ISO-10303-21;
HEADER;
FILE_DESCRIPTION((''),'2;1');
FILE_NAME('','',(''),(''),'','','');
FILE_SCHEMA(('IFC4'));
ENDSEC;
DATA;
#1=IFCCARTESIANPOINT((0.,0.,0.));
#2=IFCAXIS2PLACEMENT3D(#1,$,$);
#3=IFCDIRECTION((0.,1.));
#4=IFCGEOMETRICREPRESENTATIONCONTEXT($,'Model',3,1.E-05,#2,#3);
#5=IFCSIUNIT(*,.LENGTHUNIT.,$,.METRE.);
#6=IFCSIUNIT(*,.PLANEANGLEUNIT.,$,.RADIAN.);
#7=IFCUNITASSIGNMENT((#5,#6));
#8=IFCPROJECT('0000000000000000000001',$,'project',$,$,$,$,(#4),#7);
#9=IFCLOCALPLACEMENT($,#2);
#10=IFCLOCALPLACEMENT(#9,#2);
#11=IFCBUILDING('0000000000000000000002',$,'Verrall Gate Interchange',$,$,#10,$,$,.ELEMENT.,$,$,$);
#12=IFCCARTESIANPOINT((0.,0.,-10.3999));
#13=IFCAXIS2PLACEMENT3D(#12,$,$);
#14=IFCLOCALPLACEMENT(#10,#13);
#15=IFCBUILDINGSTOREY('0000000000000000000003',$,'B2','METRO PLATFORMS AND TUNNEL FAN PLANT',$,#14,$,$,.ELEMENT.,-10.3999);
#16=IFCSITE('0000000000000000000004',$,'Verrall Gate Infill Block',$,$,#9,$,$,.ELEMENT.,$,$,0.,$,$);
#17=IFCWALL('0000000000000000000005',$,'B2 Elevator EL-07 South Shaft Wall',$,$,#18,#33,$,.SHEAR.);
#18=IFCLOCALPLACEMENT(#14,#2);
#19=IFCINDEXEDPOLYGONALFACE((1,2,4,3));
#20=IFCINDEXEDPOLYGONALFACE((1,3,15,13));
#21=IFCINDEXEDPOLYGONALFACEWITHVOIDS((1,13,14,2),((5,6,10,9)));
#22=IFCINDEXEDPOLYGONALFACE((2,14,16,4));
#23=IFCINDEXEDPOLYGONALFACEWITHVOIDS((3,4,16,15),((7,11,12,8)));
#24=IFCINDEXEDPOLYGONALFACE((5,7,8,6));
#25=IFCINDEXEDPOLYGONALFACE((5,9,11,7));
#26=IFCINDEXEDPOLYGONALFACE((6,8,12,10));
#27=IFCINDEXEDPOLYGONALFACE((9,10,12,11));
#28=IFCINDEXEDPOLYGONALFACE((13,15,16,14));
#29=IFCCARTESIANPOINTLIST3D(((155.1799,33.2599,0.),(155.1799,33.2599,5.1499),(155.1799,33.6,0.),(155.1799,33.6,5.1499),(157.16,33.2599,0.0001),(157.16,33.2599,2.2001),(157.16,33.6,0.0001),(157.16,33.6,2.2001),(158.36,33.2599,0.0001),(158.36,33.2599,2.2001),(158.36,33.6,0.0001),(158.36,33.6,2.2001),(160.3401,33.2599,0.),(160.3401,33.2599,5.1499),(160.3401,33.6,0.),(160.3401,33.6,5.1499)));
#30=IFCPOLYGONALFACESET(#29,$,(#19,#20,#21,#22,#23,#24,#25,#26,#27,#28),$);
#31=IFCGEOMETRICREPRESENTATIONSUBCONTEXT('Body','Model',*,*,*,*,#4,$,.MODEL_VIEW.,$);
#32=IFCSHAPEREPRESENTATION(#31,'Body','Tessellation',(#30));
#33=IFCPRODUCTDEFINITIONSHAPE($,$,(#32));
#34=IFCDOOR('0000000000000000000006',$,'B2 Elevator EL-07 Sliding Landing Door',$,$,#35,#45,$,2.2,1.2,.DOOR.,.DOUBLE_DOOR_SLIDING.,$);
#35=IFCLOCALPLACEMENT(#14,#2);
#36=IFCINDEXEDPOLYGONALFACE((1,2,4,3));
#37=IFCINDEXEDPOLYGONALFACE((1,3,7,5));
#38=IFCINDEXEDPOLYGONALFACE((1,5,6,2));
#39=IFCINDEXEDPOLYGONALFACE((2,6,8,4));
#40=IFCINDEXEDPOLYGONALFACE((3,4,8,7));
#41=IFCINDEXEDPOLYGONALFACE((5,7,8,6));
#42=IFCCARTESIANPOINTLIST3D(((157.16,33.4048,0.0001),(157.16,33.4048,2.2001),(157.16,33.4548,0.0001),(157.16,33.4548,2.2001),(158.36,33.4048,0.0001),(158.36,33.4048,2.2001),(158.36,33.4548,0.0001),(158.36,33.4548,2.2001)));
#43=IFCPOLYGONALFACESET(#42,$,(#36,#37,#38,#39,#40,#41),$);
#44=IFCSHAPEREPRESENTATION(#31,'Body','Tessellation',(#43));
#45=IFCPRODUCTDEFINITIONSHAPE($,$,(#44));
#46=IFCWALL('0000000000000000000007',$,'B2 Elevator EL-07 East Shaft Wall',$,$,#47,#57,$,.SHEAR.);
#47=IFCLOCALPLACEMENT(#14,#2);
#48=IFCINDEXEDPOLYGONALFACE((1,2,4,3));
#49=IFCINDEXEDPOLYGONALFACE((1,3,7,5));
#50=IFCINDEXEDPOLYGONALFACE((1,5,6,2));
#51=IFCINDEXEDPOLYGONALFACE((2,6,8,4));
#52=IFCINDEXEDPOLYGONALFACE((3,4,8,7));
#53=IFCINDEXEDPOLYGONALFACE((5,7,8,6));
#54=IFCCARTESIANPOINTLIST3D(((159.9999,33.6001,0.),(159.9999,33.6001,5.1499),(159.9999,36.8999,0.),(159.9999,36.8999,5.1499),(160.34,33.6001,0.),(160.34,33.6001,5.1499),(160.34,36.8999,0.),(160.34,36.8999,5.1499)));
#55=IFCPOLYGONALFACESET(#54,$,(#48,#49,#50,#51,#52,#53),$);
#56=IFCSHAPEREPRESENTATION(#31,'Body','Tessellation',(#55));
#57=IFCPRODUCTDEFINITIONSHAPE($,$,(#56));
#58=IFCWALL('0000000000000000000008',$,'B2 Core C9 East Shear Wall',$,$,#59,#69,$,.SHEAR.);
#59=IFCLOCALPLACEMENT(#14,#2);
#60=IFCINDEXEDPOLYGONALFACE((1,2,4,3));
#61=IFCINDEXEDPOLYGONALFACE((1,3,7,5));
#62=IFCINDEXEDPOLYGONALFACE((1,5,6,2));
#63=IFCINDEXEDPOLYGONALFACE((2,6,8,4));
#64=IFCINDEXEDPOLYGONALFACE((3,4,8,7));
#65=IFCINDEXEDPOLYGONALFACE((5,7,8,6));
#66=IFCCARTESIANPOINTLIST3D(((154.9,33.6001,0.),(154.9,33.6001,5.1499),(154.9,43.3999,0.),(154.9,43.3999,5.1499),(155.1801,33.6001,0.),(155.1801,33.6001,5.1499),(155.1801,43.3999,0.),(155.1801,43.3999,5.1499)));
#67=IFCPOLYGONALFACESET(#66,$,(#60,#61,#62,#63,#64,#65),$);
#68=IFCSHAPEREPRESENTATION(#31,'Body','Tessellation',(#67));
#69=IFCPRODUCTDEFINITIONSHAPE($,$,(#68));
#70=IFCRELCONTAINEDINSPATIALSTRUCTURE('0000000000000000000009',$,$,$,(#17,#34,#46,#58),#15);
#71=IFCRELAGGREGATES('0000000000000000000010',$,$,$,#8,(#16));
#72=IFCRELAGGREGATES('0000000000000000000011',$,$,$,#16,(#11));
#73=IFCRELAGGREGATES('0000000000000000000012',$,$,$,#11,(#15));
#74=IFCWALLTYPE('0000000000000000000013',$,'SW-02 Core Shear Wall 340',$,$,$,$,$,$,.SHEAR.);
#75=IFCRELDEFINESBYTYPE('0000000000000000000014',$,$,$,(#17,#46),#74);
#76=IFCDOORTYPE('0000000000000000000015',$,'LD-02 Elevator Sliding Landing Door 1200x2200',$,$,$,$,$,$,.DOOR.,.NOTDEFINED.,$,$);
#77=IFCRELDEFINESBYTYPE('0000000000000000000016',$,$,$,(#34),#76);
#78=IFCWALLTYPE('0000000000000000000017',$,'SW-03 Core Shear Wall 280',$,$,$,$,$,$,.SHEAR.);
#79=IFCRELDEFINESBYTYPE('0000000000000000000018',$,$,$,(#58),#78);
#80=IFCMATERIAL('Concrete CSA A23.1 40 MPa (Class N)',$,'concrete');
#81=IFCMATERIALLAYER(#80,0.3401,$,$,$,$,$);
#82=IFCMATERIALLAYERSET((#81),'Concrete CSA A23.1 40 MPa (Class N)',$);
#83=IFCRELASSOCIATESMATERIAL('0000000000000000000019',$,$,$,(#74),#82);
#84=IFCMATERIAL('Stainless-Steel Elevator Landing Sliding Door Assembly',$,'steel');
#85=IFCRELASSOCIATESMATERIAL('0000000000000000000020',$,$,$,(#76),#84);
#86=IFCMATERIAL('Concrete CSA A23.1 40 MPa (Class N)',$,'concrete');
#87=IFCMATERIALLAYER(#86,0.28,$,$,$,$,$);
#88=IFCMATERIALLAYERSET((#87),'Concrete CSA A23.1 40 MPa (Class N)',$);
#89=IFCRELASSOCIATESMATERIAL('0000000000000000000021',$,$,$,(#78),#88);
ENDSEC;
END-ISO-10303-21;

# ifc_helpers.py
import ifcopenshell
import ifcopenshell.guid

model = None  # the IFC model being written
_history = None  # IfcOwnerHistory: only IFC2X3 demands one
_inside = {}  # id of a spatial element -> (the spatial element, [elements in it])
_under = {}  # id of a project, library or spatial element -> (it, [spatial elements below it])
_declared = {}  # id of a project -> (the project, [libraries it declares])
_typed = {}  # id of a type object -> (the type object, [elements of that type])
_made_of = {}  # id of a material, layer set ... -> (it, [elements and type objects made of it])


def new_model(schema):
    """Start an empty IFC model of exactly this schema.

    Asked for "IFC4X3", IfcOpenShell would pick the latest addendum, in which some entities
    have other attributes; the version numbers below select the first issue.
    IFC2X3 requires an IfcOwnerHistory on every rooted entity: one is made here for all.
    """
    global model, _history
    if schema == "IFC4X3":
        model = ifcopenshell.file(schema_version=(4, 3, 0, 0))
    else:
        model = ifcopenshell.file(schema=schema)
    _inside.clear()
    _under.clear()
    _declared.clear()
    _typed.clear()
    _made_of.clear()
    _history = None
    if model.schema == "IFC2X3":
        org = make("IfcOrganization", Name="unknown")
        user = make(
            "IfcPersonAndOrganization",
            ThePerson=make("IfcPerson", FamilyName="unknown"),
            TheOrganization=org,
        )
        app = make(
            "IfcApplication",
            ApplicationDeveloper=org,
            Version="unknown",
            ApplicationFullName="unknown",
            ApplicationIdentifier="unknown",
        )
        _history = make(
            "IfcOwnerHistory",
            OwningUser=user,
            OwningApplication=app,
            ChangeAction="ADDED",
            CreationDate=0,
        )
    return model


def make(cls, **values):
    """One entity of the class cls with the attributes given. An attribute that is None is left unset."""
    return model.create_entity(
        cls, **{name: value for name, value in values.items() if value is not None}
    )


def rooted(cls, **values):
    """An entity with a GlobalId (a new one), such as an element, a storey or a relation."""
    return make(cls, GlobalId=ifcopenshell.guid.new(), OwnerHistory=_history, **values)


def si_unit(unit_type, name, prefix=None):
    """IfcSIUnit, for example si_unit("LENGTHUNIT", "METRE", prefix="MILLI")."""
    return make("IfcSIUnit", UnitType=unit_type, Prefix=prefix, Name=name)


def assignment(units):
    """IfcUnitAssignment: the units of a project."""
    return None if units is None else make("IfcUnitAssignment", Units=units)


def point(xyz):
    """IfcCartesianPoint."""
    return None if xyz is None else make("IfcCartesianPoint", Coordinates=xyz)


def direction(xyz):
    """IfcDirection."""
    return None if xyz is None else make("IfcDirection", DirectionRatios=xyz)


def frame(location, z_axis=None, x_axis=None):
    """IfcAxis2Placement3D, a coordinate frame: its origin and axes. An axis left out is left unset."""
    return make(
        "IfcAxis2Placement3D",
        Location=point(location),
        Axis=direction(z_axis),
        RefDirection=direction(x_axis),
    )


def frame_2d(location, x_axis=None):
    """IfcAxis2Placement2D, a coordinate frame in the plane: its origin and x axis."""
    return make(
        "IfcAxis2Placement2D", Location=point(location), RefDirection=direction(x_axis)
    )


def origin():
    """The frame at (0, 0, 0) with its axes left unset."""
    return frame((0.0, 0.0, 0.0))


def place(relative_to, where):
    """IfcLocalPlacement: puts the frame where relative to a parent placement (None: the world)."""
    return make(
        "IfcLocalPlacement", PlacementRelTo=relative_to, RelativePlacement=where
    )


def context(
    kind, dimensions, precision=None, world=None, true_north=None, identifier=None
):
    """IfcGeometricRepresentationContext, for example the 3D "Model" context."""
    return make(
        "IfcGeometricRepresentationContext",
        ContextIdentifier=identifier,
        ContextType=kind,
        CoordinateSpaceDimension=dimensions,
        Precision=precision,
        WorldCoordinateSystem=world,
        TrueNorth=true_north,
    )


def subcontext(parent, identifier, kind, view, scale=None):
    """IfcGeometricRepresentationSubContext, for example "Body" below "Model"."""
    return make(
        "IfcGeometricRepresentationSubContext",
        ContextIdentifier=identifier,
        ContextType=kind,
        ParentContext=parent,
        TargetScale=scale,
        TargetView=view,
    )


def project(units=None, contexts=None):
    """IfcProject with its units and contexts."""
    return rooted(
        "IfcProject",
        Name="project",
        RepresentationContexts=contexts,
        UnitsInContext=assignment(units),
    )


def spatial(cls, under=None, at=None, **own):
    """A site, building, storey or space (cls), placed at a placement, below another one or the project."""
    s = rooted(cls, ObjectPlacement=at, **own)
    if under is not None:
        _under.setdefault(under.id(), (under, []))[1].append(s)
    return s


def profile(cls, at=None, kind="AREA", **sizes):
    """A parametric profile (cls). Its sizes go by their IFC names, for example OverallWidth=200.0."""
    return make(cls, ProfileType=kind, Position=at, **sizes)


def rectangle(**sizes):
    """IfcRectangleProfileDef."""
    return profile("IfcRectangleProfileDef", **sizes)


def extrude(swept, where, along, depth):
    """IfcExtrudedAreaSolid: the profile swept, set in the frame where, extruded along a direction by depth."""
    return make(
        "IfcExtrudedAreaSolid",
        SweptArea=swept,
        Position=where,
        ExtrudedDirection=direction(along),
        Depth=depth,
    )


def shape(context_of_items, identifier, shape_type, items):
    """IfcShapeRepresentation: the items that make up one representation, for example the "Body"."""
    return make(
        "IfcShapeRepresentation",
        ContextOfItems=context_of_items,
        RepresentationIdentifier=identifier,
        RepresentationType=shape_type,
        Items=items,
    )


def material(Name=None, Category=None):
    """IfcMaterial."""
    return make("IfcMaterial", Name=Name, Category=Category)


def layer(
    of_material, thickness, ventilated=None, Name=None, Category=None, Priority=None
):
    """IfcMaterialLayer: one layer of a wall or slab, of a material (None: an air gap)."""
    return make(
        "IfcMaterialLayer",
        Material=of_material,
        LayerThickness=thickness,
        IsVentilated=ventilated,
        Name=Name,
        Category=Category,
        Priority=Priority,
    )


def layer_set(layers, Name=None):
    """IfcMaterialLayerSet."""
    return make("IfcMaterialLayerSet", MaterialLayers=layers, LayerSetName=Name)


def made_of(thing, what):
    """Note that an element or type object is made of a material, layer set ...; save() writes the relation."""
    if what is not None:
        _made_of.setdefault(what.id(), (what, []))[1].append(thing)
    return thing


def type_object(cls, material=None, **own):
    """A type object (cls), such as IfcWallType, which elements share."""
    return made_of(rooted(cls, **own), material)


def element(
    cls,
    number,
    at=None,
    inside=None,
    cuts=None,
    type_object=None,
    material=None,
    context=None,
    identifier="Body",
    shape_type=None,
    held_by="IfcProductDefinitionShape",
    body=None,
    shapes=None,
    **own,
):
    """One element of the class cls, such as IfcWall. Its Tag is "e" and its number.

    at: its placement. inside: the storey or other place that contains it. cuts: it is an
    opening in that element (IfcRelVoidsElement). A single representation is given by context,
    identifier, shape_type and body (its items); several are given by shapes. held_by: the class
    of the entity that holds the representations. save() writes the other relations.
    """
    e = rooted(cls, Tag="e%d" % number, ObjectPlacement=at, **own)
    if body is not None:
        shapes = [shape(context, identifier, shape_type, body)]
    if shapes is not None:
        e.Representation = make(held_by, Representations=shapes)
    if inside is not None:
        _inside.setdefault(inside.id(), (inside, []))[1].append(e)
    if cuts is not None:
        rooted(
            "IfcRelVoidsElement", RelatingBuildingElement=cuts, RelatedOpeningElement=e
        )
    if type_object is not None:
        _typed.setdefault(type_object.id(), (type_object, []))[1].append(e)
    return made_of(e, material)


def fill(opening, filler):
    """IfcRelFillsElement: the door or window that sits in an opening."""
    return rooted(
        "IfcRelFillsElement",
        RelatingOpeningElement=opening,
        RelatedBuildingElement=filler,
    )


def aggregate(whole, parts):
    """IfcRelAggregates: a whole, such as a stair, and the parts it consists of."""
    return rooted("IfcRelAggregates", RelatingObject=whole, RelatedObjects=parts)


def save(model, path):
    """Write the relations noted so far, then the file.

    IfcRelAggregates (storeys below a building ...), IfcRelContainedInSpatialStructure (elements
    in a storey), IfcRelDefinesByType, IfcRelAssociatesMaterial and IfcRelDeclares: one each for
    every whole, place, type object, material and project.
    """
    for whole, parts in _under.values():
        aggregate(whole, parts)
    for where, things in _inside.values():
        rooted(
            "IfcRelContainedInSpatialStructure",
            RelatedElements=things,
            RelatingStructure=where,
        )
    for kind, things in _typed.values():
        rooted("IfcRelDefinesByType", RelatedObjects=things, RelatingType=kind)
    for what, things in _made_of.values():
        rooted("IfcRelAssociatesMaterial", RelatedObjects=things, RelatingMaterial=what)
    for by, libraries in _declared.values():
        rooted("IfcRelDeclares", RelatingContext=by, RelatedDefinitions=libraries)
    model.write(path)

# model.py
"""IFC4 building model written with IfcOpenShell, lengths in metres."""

from ifc_helpers import new_model, si_unit, direction, frame, frame_2d, origin, place, context, subcontext, project, spatial, rectangle, extrude, material, layer, layer_set, type_object, element, fill, save


model = new_model("IFC4")

# Units and contexts
model_context = context("Model", 3, precision=1e-05, world=origin(), true_north=direction((0.0, 1.0)))
body_context = subcontext(model_context, "Body", "Model", "MODEL_VIEW")
ifc_project = project(units=[si_unit("LENGTHUNIT", "METRE"), si_unit("PLANEANGLEUNIT", "RADIAN")], contexts=[model_context])

# Site, building, storey
site_placement = place(None, origin())
site = spatial("IfcSite", under=ifc_project, at=site_placement, Name="Verrall Gate Infill Block", CompositionType="ELEMENT", RefElevation=0.0)
building_placement = place(site_placement, origin())
building = spatial("IfcBuilding", under=site, at=building_placement, Name="Verrall Gate Interchange", CompositionType="ELEMENT")
storey_placement = place(building_placement, frame((0.0, 0.0, -10.3999)))
storey = spatial("IfcBuildingStorey", under=building, at=storey_placement, Name="B2", Description="METRO PLATFORMS AND TUNNEL FAN PLANT", CompositionType="ELEMENT", Elevation=-10.3999)

# Wall, opening, door
ifc_material_1 = material(Name="Concrete CSA A23.1 40 MPa (Class N)", Category="concrete")
ifc_layer_1 = layer(ifc_material_1, 0.3401)
ifc_layer_set_1 = layer_set([ifc_layer_1], Name="Concrete CSA A23.1 40 MPa (Class N)")
wall_type_1 = type_object("IfcWallType", Name="SW-02 Core Shear Wall 340", PredefinedType="SHEAR", material=ifc_layer_set_1)
wall_1_placement = place(storey_placement, frame((155.1799, 33.4299, 0.0), z_axis=(0.0, 0.0, 1.0), x_axis=(1.0, 0.0, 0.0)))
wall_1 = element("IfcWall", 1, at=wall_1_placement, inside=storey, type_object=wall_type_1, Name="B2 Elevator EL-07 South Shaft Wall", PredefinedType="SHEAR", context=body_context, shape_type="SweptSolid", body=[
    extrude(rectangle(XDim=5.1602, YDim=0.3401, at=frame_2d((2.5801, 0.0))), origin(), (0.0, 0.0, 1.0), 5.1499),
])
opening_1_placement = place(wall_1_placement, frame((1.98, 0.0, 0.0)))
opening_1 = element("IfcOpeningElement", 2, at=opening_1_placement, cuts=wall_1, PredefinedType="OPENING", context=body_context, shape_type="SweptSolid", body=[
    extrude(rectangle(XDim=1.2, YDim=2.2, at=frame_2d((0.6001, 1.1001))), frame((0.0, 0.1851, 0.0), z_axis=(0.0, -1.0, 0.0), x_axis=(1.0, 0.0, 0.0)), (0.0, 0.0, 1.0), 0.3699),
])
ifc_material_2 = material(Name="Stainless-Steel Elevator Landing Sliding Door Assembly", Category="steel")
door_type_1 = type_object("IfcDoorType", Name="LD-02 Elevator Sliding Landing Door 1200x2200", OperationType="NOTDEFINED", PredefinedType="DOOR", material=ifc_material_2)
door_1_placement = place(opening_1_placement, origin())
door_1 = element("IfcDoor", 3, at=door_1_placement, inside=storey, type_object=door_type_1, Name="B2 Elevator EL-07 Sliding Landing Door", OperationType="DOUBLE_DOOR_SLIDING", OverallHeight=2.2, OverallWidth=1.2, PredefinedType="DOOR", context=body_context, shape_type="SweptSolid", body=[
    extrude(rectangle(XDim=1.2, YDim=2.2, at=frame_2d((0.6001, 1.1001))), frame((0.0, 0.0249, 0.0), z_axis=(0.0, -1.0, 0.0), x_axis=(1.0, 0.0, 0.0)), (0.0, 0.0, 1.0), 0.05),
])
fill(opening_1, door_1)

# Wall
wall_2_placement = place(storey_placement, frame((160.1699, 33.6001, 0.0), z_axis=(0.0, 0.0, 1.0), x_axis=(0.0, 1.0, 0.0)))
element("IfcWall", 4, at=wall_2_placement, inside=storey, type_object=wall_type_1, Name="B2 Elevator EL-07 East Shaft Wall", PredefinedType="SHEAR", context=body_context, shape_type="SweptSolid", body=[
    extrude(rectangle(XDim=3.2998, YDim=0.3401, at=frame_2d((1.6499, 0.0))), origin(), (0.0, 0.0, 1.0), 5.1499),
])

# Shared definitions
ifc_material_3 = material(Name="Concrete CSA A23.1 40 MPa (Class N)", Category="concrete")
ifc_layer_2 = layer(ifc_material_3, 0.28)
ifc_layer_set_2 = layer_set([ifc_layer_2], Name="Concrete CSA A23.1 40 MPa (Class N)")
wall_type_2 = type_object("IfcWallType", Name="SW-03 Core Shear Wall 280", PredefinedType="SHEAR", material=ifc_layer_set_2)

# Wall
wall_3_placement = place(storey_placement, frame((155.04, 33.6001, 0.0), z_axis=(0.0, 0.0, 1.0), x_axis=(0.0, 1.0, 0.0)))
element("IfcWall", 5, at=wall_3_placement, inside=storey, type_object=wall_type_2, Name="B2 Core C9 East Shear Wall", PredefinedType="SHEAR", context=body_context, shape_type="SweptSolid", body=[
    extrude(rectangle(XDim=9.7998, YDim=0.28, at=frame_2d((4.8999, 0.0))), origin(), (0.0, 0.0, 1.0), 5.1499),
])

save(model, "model.ifc")
